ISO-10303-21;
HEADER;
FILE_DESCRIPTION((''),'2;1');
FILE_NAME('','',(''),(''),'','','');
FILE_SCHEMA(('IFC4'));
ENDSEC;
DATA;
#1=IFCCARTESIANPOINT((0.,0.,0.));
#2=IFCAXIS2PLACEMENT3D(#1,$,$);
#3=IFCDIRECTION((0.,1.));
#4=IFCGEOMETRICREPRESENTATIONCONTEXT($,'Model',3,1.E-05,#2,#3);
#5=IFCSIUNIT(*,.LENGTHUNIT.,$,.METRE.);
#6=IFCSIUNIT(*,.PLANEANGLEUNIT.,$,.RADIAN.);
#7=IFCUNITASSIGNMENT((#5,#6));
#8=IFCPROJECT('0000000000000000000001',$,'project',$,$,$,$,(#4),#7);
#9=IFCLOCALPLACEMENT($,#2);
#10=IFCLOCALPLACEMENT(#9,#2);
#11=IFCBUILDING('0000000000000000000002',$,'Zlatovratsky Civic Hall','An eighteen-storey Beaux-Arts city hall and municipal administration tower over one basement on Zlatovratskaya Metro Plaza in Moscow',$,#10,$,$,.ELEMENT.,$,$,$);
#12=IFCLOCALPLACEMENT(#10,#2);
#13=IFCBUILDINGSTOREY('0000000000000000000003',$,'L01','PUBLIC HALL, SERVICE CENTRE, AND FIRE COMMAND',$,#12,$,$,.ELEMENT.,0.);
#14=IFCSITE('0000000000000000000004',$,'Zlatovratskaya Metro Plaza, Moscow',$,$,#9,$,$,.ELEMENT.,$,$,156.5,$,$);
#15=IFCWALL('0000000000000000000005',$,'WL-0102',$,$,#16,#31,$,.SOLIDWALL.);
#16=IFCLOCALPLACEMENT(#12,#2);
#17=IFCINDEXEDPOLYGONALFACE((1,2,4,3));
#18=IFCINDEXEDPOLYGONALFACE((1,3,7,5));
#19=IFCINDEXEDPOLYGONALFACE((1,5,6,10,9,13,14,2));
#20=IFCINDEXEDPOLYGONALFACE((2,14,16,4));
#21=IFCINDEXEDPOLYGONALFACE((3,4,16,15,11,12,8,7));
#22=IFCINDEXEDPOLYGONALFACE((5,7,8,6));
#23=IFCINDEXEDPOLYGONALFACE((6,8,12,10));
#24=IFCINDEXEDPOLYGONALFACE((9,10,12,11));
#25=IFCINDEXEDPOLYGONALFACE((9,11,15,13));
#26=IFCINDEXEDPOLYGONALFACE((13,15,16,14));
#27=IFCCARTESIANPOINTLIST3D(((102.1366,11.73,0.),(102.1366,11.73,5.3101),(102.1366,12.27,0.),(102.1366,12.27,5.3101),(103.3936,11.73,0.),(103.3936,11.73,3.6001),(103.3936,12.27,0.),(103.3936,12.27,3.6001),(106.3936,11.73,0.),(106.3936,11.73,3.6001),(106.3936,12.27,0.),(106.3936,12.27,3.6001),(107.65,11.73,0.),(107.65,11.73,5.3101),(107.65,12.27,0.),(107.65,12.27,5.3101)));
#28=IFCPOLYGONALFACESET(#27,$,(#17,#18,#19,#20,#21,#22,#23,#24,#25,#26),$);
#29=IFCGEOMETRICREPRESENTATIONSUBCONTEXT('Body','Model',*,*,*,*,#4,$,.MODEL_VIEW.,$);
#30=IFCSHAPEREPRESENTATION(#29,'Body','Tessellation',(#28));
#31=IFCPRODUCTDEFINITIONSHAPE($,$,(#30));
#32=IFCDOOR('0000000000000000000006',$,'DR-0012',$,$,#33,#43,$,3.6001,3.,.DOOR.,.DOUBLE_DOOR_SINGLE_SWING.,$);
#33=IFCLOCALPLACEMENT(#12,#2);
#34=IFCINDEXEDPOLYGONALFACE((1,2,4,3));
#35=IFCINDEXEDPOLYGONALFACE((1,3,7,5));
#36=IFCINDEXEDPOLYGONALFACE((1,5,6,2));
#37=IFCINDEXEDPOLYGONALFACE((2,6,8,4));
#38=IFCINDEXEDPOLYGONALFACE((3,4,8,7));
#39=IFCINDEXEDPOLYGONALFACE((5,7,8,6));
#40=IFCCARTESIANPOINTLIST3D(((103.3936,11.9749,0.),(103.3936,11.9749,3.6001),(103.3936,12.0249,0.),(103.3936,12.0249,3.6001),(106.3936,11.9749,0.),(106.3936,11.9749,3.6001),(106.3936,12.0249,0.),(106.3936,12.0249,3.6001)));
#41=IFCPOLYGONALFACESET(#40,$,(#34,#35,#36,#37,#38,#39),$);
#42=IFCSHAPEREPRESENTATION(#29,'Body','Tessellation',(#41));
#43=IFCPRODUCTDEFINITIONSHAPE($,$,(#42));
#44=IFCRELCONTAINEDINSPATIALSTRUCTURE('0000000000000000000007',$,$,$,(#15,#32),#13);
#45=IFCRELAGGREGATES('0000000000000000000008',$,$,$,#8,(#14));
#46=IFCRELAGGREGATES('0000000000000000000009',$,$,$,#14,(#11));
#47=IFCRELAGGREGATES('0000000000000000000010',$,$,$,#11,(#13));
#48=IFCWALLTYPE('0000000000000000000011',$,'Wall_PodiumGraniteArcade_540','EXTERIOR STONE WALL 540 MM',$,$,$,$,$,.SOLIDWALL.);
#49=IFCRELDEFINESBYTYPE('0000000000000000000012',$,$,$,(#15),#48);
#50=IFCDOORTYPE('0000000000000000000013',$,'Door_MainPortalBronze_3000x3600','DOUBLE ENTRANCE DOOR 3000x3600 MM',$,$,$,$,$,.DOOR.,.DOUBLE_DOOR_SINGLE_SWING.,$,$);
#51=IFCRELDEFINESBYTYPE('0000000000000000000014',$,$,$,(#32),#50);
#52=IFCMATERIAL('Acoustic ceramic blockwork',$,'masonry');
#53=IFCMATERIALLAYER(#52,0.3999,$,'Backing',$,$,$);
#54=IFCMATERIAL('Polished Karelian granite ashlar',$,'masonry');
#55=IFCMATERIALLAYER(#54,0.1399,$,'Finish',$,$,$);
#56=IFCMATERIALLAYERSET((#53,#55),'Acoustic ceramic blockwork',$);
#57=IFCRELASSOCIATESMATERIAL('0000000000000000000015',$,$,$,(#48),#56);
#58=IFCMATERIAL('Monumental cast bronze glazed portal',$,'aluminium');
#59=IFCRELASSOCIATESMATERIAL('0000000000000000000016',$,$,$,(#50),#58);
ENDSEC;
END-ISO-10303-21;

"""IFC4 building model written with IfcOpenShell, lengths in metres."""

from ifc_helpers import new_model, si_unit, direction, frame, frame_2d, origin, place, context, subcontext, project, spatial, rectangle, extrude, material, layer, layer_set, type_object, element, fill, save


model = new_model("IFC4")

# Units and contexts
model_context = context("Model", 3, precision=1e-05, world=origin(), true_north=direction((0.0, 1.0)))
body_context = subcontext(model_context, "Body", "Model", "MODEL_VIEW")
ifc_project = project(units=[si_unit("LENGTHUNIT", "METRE"), si_unit("PLANEANGLEUNIT", "RADIAN")], contexts=[model_context])

# Site, building, storey
site_placement = place(None, origin())
site = spatial("IfcSite", under=ifc_project, at=site_placement, Name="Zlatovratskaya Metro Plaza, Moscow", CompositionType="ELEMENT", RefElevation=156.5)
building_placement = place(site_placement, origin())
building = spatial("IfcBuilding", under=site, at=building_placement, Name="Zlatovratsky Civic Hall", Description="An eighteen-storey Beaux-Arts city hall and municipal administration tower over one basement on Zlatovratskaya Metro Plaza in Moscow", CompositionType="ELEMENT")
storey_placement = place(building_placement, origin())
storey = spatial("IfcBuildingStorey", under=building, at=storey_placement, Name="L01", Description="PUBLIC HALL, SERVICE CENTRE, AND FIRE COMMAND", CompositionType="ELEMENT", Elevation=0.0)

# Shared definitions
ifc_material_1 = material(Name="Acoustic ceramic blockwork", Category="masonry")
ifc_layer_1 = layer(ifc_material_1, 0.3999, Name="Backing")
ifc_material_2 = material(Name="Polished Karelian granite ashlar", Category="masonry")
ifc_layer_2 = layer(ifc_material_2, 0.1399, Name="Finish")
ifc_layer_set = layer_set([ifc_layer_1, ifc_layer_2], Name="Acoustic ceramic blockwork")
wall_type = type_object("IfcWallType", Name="Wall_PodiumGraniteArcade_540", Description="EXTERIOR STONE WALL 540 MM", PredefinedType="SOLIDWALL", material=ifc_layer_set)

# Wall, opening, door
ifc_material_3 = material(Name="Monumental cast bronze glazed portal", Category="aluminium")
wall_1_placement = place(storey_placement, frame((102.1365, 12.0, 0.0), z_axis=(0.0, 0.0, 1.0), x_axis=(1.0, 0.0, 0.0)))
wall_1 = element("IfcWall", 1, at=wall_1_placement, inside=storey, type_object=wall_type, Name="WL-0102", PredefinedType="SOLIDWALL", context=body_context, shape_type="SweptSolid", body=[
    extrude(rectangle(XDim=5.5134, YDim=0.54, at=frame_2d((2.7568, 0.0))), origin(), (0.0, 0.0, 1.0), 5.3101),
])
opening_1_placement = place(wall_1_placement, frame((1.2571, 0.0, 0.0)))
opening_1 = element("IfcOpeningElement", 2, at=opening_1_placement, cuts=wall_1, PredefinedType="OPENING", context=body_context, shape_type="SweptSolid", body=[
    extrude(rectangle(XDim=3.0, YDim=3.6001, at=frame_2d((1.5, 1.8))), frame((0.0, 0.2849, 0.0), z_axis=(0.0, -1.0, 0.0), x_axis=(1.0, 0.0, 0.0)), (0.0, 0.0, 1.0), 0.5698),
])
door_type_1 = type_object("IfcDoorType", Name="Door_MainPortalBronze_3000x3600", Description="DOUBLE ENTRANCE DOOR 3000x3600 MM", OperationType="DOUBLE_DOOR_SINGLE_SWING", PredefinedType="DOOR", material=ifc_material_3)
door_1_placement = place(opening_1_placement, origin())
door_1 = element("IfcDoor", 3, at=door_1_placement, inside=storey, type_object=door_type_1, Name="DR-0012", OperationType="DOUBLE_DOOR_SINGLE_SWING", OverallHeight=3.6001, OverallWidth=3.0, PredefinedType="DOOR", context=body_context, shape_type="SweptSolid", body=[
    extrude(rectangle(XDim=3.0, YDim=3.6001, at=frame_2d((1.5, 1.8))), frame((0.0, 0.0249, 0.0), z_axis=(0.0, -1.0, 0.0), x_axis=(1.0, 0.0, 0.0)), (0.0, 0.0, 1.0), 0.05),
])
fill(opening_1, door_1)

save(model, "model.ifc")
